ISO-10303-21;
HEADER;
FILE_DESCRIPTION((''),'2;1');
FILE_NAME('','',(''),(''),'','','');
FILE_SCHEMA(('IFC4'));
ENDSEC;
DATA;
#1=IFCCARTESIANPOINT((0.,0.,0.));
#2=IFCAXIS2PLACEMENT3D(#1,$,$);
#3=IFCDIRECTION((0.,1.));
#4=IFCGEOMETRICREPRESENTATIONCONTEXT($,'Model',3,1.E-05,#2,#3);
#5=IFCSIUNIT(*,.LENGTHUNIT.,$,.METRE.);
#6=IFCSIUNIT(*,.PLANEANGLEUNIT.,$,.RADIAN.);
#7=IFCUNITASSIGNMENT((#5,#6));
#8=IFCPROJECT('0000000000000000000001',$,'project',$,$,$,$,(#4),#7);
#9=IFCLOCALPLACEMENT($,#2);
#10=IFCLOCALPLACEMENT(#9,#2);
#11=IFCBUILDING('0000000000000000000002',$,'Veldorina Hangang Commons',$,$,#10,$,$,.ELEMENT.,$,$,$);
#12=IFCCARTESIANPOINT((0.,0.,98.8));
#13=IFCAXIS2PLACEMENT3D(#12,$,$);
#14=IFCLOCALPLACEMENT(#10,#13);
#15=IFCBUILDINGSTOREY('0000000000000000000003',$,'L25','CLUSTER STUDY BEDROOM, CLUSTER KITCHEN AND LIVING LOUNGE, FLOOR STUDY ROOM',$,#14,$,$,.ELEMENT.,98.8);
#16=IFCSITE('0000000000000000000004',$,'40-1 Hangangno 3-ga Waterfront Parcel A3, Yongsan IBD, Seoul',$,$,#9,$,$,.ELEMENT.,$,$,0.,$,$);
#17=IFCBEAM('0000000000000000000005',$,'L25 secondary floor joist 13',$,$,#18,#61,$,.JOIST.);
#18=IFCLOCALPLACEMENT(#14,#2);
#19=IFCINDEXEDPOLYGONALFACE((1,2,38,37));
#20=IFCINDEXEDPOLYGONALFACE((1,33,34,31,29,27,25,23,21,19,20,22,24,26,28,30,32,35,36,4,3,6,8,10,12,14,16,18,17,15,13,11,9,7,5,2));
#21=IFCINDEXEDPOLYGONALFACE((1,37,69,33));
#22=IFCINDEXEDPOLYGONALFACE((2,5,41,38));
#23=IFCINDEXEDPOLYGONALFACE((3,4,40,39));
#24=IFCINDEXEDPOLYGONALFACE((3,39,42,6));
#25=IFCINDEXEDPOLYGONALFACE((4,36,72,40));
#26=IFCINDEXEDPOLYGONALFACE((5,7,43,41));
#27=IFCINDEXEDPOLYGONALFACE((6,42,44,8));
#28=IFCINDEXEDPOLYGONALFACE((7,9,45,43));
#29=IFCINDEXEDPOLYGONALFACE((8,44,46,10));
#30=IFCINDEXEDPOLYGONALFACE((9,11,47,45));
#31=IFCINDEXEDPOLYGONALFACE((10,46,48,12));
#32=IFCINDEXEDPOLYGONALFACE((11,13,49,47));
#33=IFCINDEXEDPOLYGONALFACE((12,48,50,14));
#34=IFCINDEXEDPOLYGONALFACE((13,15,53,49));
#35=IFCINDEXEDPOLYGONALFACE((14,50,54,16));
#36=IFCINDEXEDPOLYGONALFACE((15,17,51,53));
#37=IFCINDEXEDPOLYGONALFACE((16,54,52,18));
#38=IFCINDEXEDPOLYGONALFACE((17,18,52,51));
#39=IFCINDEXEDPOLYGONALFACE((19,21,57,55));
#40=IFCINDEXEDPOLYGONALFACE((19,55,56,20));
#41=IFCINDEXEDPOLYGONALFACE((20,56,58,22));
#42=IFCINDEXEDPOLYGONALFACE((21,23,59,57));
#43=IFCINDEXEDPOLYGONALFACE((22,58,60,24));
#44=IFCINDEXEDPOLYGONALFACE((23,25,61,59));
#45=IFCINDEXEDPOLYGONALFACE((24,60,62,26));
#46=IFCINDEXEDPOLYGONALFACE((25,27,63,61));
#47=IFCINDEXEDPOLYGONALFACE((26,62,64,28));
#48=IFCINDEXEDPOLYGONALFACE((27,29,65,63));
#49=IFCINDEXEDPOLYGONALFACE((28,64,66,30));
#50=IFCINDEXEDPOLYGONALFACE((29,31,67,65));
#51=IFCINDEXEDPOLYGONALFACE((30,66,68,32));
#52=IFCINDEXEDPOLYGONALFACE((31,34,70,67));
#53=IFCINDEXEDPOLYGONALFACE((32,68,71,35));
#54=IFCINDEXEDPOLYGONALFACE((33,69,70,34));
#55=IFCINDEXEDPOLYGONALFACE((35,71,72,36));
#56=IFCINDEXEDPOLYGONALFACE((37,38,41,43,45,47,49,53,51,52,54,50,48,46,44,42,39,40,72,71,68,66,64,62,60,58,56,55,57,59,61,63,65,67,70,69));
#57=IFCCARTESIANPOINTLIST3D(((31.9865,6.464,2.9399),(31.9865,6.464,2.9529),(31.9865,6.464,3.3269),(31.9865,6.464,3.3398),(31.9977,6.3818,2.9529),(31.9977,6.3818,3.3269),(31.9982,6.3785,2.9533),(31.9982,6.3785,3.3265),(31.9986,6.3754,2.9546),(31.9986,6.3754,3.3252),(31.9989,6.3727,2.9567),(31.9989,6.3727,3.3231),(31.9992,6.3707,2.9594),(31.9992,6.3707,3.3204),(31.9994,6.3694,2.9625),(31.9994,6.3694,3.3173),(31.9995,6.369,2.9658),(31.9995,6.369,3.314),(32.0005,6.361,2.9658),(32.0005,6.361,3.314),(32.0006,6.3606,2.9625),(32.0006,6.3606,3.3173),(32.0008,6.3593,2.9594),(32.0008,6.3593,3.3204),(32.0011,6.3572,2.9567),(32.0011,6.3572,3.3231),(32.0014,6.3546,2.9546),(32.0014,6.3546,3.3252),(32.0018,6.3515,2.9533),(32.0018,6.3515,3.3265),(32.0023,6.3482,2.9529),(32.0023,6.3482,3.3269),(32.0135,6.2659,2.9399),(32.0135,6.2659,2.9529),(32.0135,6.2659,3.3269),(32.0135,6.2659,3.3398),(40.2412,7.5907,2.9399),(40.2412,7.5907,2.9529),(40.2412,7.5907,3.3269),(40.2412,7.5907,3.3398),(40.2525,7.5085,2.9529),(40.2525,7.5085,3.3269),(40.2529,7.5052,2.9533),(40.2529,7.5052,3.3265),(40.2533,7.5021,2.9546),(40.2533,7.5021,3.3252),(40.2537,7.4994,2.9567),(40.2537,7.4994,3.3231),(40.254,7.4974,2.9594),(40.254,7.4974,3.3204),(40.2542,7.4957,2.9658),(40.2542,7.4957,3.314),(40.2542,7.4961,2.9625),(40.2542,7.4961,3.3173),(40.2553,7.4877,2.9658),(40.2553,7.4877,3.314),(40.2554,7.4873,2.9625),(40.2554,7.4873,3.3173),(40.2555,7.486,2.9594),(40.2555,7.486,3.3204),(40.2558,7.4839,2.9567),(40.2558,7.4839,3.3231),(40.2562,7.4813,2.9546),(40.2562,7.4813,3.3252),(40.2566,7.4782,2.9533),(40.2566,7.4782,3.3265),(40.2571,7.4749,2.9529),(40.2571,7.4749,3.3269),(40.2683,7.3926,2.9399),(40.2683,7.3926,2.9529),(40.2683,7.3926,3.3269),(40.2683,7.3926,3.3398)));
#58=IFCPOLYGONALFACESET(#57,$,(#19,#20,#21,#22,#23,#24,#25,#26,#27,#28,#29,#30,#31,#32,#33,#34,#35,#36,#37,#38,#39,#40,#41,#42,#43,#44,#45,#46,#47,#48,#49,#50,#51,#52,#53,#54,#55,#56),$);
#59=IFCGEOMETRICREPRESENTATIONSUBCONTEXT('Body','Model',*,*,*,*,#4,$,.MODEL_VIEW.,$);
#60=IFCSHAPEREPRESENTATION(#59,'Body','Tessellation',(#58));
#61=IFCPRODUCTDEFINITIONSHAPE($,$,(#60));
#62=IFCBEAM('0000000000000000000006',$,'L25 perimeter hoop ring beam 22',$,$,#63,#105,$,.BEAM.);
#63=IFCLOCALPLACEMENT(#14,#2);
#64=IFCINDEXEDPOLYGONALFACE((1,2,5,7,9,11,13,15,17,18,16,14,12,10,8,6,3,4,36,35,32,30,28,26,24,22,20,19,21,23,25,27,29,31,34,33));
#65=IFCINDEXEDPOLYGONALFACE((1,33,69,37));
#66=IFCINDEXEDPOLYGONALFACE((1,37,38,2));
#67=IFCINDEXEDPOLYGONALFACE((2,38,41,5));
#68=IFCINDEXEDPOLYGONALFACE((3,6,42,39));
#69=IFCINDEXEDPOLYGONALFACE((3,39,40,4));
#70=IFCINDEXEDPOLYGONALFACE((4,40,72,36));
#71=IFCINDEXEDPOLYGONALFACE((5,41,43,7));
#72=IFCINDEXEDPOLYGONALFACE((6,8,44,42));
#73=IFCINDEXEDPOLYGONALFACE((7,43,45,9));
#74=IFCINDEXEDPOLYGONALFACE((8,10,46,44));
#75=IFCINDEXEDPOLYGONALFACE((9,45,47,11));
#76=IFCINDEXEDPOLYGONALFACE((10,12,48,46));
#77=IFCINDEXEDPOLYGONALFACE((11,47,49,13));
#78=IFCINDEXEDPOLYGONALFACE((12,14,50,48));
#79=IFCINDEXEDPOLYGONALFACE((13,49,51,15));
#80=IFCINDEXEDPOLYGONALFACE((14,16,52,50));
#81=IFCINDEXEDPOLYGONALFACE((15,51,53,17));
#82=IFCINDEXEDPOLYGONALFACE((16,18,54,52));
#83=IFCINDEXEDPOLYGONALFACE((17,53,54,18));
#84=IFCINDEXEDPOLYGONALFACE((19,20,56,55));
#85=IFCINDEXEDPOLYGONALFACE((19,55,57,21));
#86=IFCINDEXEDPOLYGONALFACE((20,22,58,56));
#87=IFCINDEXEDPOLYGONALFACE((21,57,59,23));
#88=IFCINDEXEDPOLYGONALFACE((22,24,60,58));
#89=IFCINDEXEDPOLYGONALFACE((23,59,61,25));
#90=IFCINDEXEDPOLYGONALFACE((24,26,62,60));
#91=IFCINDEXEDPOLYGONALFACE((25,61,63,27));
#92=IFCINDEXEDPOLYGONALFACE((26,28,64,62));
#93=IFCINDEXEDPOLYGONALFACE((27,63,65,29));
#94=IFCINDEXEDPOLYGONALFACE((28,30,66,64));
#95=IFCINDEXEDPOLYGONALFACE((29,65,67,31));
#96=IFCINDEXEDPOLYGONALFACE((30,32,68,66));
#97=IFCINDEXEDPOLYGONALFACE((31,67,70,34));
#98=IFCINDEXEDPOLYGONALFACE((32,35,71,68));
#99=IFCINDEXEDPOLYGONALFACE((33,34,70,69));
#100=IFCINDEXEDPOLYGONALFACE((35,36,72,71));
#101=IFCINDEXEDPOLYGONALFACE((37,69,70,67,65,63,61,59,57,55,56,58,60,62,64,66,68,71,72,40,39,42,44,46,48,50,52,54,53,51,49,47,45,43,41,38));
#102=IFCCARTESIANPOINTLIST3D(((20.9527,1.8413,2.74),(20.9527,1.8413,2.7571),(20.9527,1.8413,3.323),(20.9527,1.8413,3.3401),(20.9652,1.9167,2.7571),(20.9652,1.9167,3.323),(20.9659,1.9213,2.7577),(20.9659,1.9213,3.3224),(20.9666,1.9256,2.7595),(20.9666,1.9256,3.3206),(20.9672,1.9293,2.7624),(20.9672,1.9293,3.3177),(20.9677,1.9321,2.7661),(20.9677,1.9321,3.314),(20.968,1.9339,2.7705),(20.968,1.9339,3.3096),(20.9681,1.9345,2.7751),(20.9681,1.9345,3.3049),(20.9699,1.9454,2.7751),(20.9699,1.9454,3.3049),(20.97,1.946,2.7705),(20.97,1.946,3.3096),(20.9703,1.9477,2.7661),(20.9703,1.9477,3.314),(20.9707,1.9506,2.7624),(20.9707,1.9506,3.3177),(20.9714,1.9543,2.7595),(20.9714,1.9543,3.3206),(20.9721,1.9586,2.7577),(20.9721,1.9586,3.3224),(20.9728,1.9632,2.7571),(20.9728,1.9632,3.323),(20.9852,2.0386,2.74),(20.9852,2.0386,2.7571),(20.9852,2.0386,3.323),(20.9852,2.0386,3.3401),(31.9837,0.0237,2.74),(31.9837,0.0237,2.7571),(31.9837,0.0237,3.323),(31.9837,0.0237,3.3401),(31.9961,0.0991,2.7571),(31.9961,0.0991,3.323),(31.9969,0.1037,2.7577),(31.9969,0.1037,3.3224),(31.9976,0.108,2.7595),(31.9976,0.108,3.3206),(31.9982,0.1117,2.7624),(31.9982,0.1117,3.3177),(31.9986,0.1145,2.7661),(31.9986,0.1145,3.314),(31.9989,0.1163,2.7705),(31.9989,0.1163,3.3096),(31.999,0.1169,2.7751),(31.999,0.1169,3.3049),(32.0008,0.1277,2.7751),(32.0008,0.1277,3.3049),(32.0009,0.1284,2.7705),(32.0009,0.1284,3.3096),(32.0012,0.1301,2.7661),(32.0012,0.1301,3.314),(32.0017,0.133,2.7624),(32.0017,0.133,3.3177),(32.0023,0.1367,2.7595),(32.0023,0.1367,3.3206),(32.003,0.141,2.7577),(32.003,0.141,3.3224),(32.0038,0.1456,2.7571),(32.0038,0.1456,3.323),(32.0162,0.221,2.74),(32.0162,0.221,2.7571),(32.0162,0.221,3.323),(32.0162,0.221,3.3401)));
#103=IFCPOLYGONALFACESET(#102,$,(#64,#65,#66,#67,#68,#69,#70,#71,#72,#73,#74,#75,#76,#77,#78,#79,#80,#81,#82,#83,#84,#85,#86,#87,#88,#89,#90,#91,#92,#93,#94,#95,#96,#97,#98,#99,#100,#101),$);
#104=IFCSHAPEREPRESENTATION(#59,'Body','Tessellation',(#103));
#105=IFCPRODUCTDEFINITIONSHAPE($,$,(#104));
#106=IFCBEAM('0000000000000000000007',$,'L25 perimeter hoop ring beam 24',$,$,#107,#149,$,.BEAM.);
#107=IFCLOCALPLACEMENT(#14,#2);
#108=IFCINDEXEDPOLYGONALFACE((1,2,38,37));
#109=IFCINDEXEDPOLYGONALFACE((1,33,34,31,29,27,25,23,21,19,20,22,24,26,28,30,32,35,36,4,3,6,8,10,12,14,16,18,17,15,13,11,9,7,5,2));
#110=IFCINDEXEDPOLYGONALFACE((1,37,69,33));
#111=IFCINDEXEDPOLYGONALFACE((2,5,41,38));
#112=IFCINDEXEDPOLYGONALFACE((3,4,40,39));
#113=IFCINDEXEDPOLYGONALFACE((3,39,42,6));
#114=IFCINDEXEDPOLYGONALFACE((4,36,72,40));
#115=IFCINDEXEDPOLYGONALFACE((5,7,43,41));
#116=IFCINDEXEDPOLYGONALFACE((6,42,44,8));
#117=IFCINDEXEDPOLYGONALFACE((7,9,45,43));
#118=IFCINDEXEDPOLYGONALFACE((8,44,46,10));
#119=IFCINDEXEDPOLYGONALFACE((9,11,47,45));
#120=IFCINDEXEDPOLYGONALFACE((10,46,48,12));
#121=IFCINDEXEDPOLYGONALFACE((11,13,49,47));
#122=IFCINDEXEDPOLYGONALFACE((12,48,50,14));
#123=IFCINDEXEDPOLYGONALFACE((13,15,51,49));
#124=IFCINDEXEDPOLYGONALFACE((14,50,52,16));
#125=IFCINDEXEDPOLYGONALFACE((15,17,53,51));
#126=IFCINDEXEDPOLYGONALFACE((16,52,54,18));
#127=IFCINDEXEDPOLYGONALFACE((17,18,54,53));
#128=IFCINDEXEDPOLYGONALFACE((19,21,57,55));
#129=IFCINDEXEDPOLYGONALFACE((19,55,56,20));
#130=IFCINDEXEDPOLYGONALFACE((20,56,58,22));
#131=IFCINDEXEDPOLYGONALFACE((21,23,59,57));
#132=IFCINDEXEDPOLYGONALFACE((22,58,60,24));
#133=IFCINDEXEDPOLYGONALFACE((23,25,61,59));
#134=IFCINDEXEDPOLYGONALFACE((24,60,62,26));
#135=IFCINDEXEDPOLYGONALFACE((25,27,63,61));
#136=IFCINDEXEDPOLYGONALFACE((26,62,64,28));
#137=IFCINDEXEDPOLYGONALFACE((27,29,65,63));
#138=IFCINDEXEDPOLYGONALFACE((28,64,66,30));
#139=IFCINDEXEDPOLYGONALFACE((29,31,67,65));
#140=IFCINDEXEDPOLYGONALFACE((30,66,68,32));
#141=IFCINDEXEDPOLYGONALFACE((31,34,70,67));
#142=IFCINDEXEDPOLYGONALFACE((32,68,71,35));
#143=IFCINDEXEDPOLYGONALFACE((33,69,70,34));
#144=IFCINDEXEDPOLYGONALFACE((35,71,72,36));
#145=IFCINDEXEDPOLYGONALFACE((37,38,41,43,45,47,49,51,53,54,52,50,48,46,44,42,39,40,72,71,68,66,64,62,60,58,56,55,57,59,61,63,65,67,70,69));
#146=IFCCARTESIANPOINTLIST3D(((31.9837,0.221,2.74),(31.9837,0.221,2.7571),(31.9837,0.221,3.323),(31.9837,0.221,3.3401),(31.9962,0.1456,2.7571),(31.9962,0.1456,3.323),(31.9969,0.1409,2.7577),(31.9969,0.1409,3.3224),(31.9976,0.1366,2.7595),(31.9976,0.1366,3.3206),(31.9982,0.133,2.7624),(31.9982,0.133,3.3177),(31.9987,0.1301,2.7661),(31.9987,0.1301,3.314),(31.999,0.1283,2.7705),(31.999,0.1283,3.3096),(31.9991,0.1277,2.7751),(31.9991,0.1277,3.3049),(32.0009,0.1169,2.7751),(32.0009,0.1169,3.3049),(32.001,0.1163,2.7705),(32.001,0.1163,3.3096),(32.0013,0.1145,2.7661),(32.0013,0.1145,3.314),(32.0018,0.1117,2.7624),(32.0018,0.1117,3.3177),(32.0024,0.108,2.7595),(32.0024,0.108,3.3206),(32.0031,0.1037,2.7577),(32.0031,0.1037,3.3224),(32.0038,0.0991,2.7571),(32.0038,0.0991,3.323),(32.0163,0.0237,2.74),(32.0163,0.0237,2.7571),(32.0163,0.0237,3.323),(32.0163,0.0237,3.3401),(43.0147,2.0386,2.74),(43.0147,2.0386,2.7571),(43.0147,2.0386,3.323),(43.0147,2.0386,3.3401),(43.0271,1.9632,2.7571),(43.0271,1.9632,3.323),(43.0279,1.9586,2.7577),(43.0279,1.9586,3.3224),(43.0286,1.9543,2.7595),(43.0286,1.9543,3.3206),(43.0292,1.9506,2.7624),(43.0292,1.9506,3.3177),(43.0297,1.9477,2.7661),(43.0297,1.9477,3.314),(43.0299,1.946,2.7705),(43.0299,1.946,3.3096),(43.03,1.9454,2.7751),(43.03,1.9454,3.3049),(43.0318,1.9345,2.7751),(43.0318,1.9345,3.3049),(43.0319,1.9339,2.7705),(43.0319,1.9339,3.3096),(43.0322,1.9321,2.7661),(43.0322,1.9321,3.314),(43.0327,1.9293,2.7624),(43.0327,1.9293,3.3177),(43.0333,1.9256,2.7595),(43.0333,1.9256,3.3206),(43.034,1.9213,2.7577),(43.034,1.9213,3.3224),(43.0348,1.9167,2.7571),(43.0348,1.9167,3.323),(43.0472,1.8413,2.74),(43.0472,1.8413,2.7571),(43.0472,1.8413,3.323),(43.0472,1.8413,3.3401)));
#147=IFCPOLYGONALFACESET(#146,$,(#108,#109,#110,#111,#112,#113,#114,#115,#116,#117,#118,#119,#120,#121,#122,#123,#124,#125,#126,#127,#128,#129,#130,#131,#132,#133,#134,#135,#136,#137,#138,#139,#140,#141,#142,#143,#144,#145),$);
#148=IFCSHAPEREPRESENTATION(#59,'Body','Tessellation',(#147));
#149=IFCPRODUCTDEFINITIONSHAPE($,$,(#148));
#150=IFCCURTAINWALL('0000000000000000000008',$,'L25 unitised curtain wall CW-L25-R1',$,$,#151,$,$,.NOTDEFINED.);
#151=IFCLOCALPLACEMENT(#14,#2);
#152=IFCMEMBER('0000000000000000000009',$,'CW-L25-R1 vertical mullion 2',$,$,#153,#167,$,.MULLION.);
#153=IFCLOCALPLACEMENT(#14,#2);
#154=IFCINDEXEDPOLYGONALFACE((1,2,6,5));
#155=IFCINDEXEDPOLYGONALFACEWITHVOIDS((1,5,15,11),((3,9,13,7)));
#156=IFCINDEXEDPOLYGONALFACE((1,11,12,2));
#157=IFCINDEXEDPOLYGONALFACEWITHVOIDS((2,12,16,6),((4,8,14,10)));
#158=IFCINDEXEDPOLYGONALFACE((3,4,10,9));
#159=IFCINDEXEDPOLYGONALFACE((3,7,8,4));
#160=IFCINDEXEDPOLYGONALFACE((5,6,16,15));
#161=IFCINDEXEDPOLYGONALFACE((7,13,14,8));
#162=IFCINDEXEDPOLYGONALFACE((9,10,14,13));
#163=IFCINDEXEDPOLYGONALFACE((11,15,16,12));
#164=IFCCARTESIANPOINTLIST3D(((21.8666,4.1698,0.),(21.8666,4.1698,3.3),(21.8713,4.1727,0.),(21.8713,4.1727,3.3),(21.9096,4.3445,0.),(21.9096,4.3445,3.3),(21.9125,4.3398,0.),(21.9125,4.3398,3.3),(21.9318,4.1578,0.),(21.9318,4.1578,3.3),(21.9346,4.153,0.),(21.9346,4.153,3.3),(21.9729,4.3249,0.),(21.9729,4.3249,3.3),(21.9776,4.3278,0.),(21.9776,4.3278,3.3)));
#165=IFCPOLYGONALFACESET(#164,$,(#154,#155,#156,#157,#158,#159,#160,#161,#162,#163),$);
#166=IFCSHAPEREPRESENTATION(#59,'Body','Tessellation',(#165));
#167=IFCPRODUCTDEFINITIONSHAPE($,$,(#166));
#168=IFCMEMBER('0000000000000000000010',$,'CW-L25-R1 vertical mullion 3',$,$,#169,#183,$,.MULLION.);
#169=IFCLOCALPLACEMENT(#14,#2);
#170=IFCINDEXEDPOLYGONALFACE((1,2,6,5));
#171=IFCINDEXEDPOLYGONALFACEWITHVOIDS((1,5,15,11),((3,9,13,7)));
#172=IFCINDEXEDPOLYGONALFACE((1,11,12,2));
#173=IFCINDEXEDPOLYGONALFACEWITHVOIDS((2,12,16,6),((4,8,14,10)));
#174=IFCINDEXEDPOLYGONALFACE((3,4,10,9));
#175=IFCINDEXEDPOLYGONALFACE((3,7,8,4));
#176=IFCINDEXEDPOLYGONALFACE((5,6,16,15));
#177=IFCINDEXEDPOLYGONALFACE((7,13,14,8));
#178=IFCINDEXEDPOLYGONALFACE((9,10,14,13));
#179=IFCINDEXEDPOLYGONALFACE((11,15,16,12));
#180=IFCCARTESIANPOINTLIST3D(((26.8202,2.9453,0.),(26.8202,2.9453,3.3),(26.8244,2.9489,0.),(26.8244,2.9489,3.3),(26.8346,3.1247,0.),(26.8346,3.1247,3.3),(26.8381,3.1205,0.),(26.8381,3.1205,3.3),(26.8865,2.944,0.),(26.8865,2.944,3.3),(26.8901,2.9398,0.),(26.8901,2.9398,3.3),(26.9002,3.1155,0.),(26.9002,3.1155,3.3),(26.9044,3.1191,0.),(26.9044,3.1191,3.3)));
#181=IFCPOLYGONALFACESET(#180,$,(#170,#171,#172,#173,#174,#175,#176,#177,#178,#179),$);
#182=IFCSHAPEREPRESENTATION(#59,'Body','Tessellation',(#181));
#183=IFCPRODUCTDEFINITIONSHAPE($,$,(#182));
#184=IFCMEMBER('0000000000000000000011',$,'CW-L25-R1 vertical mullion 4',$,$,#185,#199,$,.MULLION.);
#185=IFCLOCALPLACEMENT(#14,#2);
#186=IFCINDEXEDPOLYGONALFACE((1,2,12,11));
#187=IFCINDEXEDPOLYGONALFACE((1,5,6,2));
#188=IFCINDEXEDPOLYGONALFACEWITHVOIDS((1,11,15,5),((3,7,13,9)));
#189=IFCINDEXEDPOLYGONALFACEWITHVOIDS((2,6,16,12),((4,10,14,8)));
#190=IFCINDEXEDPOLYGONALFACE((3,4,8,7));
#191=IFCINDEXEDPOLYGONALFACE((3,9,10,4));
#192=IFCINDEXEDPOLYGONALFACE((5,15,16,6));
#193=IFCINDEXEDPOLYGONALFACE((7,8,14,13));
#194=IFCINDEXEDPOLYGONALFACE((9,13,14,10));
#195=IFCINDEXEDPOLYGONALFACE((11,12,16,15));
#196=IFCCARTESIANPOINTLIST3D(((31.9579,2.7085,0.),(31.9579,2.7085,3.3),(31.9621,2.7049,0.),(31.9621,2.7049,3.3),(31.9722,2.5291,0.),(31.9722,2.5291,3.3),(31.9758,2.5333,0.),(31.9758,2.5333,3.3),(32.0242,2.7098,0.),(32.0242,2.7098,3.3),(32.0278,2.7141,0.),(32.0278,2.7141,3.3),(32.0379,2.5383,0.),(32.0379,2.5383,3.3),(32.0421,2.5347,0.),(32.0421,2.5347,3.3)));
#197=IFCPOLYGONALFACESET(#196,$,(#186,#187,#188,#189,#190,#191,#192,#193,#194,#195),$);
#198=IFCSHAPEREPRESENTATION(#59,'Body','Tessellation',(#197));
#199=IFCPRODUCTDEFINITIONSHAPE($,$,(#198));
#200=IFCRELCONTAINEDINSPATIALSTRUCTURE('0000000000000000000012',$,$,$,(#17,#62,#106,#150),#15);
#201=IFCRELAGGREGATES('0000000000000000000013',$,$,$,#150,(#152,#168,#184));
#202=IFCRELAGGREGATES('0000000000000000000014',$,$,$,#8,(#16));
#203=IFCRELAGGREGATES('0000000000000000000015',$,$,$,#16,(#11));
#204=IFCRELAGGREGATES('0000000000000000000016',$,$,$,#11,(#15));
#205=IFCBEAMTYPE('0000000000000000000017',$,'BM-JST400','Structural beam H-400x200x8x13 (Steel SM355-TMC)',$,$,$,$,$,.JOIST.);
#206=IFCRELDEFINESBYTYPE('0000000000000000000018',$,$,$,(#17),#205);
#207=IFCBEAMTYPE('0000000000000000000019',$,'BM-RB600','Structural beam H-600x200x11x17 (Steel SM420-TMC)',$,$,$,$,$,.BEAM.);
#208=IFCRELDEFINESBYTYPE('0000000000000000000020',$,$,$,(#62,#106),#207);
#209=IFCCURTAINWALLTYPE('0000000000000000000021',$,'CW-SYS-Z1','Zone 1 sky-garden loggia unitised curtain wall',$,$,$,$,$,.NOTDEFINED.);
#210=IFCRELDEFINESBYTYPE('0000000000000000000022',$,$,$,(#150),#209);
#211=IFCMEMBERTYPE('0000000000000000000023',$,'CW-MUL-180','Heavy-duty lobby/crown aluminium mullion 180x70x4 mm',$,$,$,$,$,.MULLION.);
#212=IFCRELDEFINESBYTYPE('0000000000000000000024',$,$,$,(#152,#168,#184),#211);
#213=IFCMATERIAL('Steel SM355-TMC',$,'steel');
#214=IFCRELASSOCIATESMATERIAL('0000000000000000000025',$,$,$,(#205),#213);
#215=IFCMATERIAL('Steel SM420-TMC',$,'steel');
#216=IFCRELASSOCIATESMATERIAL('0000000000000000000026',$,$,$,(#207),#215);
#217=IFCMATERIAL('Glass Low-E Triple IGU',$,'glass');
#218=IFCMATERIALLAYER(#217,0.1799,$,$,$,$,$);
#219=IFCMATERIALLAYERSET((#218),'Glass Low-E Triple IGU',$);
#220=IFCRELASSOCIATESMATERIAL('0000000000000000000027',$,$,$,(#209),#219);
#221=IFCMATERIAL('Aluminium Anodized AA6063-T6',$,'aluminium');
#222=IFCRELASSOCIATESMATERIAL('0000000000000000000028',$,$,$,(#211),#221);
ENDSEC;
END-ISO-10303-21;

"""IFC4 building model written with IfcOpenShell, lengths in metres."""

from ifc_helpers import new_model, si_unit, direction, frame, origin, origin_2d, place, context, subcontext, project, spatial, hollow_rectangle, i_section, extrude, material, layer, layer_set, material_profile, profile_set, type_object, element, aggregate, save


model = new_model("IFC4")

# Units and contexts
model_context = context("Model", 3, precision=1e-05, world=origin(), true_north=direction((0.0, 1.0)))
body_context = subcontext(model_context, "Body", "Model", "MODEL_VIEW")
ifc_project = project(units=[si_unit("LENGTHUNIT", "METRE"), si_unit("PLANEANGLEUNIT", "RADIAN")], contexts=[model_context])

# Site, building, storey
site_placement = place(None, origin())
site = spatial("IfcSite", under=ifc_project, at=site_placement, Name="40-1 Hangangno 3-ga Waterfront Parcel A3, Yongsan IBD, Seoul", CompositionType="ELEMENT", RefElevation=0.0)
building_placement = place(site_placement, origin())
building = spatial("IfcBuilding", under=site, at=building_placement, Name="Veldorina Hangang Commons", CompositionType="ELEMENT")
storey_placement = place(building_placement, frame((0.0, 0.0, 98.8)))
storey = spatial("IfcBuildingStorey", under=building, at=storey_placement, Name="L25", Description="CLUSTER STUDY BEDROOM, CLUSTER KITCHEN AND LIVING LOUNGE, FLOOR STUDY ROOM", CompositionType="ELEMENT", Elevation=98.8)

# Beams
ifc_material_1 = material(Name="Steel SM355-TMC", Category="steel")
ifc_material_profile_1 = material_profile(ifc_material_1, i_section(OverallWidth=0.2, OverallDepth=0.3999, WebThickness=0.0081, FlangeThickness=0.0129, FilletRadius=0.0129, at=origin_2d()), Name="H-400x200x8x13")
ifc_profile_set_1 = profile_set([ifc_material_profile_1], Name="Steel SM355-TMC")
beam_type_1 = type_object("IfcBeamType", Name="BM-JST400", Description="Structural beam H-400x200x8x13 (Steel SM355-TMC)", PredefinedType="JOIST", material=ifc_profile_set_1)
beam_placement = place(storey_placement, frame((32.0, 6.365, 3.1399), z_axis=(0.990813, 0.135236, 0.0), x_axis=(-0.135236, 0.990813, 0.0)))
element("IfcBeam", 1, at=beam_placement, inside=storey, type_object=beam_type_1, Name="L25 secondary floor joist 13", PredefinedType="JOIST", context=body_context, shape_type="SweptSolid", body=[
    extrude(i_section(OverallWidth=0.2, OverallDepth=0.3999, WebThickness=0.0081, FlangeThickness=0.0129, FilletRadius=0.0129, at=origin_2d()), origin(), (0.0, 0.0, 1.0), 8.3313),
])
ifc_material_2 = material(Name="Steel SM420-TMC", Category="steel")
ifc_material_profile_2 = material_profile(ifc_material_2, i_section(OverallWidth=0.2, OverallDepth=0.6001, WebThickness=0.011, FlangeThickness=0.0171, FilletRadius=0.0181, at=origin_2d()), Name="H-600x200x11x17")
ifc_profile_set_2 = profile_set([ifc_material_profile_2], Name="Steel SM420-TMC")
beam_type_2 = type_object("IfcBeamType", Name="BM-RB600", Description="Structural beam H-600x200x11x17 (Steel SM420-TMC)", PredefinedType="BEAM", material=ifc_profile_set_2)
for number, where, z_axis, x_axis, name in (
    (2, (20.969, 1.9399, 3.04), (0.986695, -0.162582, 0.0), (0.162582, 0.986695, 0.0), "L25 perimeter hoop ring beam 22"),
    (3, (32.0, 0.1223, 3.04), (0.986695, 0.162582, 0.0), (-0.162582, 0.986695, 0.0), "L25 perimeter hoop ring beam 24"),
):
    element("IfcBeam", number, at=place(storey_placement, frame(where, z_axis=z_axis, x_axis=x_axis)), inside=storey, type_object=beam_type_2, Name=name, PredefinedType="BEAM", context=body_context, shape_type="SweptSolid", body=[
        extrude(i_section(OverallWidth=0.2, OverallDepth=0.6001, WebThickness=0.011, FlangeThickness=0.0171, FilletRadius=0.0181, at=origin_2d()), origin(), (0.0, 0.0, 1.0), 11.1797),
    ])

# Curtain wall, members
ifc_material_3 = material(Name="Glass Low-E Triple IGU", Category="glass")
ifc_layer_1 = layer(ifc_material_3, 0.1799)
ifc_layer_set_1 = layer_set([ifc_layer_1], Name="Glass Low-E Triple IGU")
curtain_wall_type = type_object("IfcCurtainWallType", Name="CW-SYS-Z1", Description="Zone 1 sky-garden loggia unitised curtain wall", PredefinedType="NOTDEFINED", material=ifc_layer_set_1)
curtain_wall_placement = place(storey_placement, origin())
curtain_wall = element("IfcCurtainWall", 4, at=curtain_wall_placement, inside=storey, type_object=curtain_wall_type, Name="L25 unitised curtain wall CW-L25-R1", PredefinedType="NOTDEFINED")
ifc_material_4 = material(Name="Aluminium Anodized AA6063-T6", Category="aluminium")
ifc_material_profile_3 = material_profile(ifc_material_4, hollow_rectangle(XDim=0.0701, YDim=0.1799, WallThickness=0.0039, at=origin_2d()), Name="ALU-RHS-180x70x4")
ifc_profile_set_3 = profile_set([ifc_material_profile_3], Name="Aluminium Anodized AA6063-T6")
member_type_1 = type_object("IfcMemberType", Name="CW-MUL-180", Description="Heavy-duty lobby/crown aluminium mullion 180x70x4 mm", PredefinedType="MULLION", material=ifc_profile_set_3)
member_1_placement = place(storey_placement, frame((21.9221, 4.2488, 0.0), z_axis=(0.0, 0.0, 1.0), x_axis=(0.970997, -0.239093, 0.0)))
member_1 = element("IfcMember", 5, at=member_1_placement, type_object=member_type_1, Name="CW-L25-R1 vertical mullion 2", PredefinedType="MULLION", context=body_context, shape_type="SweptSolid", body=[
    extrude(hollow_rectangle(XDim=0.0701, YDim=0.1799, WallThickness=0.0039, at=origin_2d()), origin(), (0.0, 0.0, 1.0), 3.3),
])
member_2_placement = place(storey_placement, frame((26.8623, 3.0322, 0.0), z_axis=(0.0, 0.0, 1.0), x_axis=(0.996818, -0.079712, 0.0)))
member_2 = element("IfcMember", 6, at=member_2_placement, type_object=member_type_1, Name="CW-L25-R1 vertical mullion 3", PredefinedType="MULLION", context=body_context, shape_type="SweptSolid", body=[
    extrude(hollow_rectangle(XDim=0.0701, YDim=0.1799, WallThickness=0.0039, at=origin_2d()), origin(), (0.0, 0.0, 1.0), 3.3),
])
member_3_placement = place(storey_placement, frame((32.0, 2.6216, 0.0), z_axis=(0.0, 0.0, 1.0), x_axis=(0.996818, 0.079712, 0.0)))
member_3 = element("IfcMember", 7, at=member_3_placement, type_object=member_type_1, Name="CW-L25-R1 vertical mullion 4", PredefinedType="MULLION", context=body_context, shape_type="SweptSolid", body=[
    extrude(hollow_rectangle(XDim=0.0701, YDim=0.1799, WallThickness=0.0039, at=origin_2d()), origin(), (0.0, 0.0, 1.0), 3.3),
])

aggregate(curtain_wall, [member_1, member_2, member_3])

save(model, "model.ifc")
